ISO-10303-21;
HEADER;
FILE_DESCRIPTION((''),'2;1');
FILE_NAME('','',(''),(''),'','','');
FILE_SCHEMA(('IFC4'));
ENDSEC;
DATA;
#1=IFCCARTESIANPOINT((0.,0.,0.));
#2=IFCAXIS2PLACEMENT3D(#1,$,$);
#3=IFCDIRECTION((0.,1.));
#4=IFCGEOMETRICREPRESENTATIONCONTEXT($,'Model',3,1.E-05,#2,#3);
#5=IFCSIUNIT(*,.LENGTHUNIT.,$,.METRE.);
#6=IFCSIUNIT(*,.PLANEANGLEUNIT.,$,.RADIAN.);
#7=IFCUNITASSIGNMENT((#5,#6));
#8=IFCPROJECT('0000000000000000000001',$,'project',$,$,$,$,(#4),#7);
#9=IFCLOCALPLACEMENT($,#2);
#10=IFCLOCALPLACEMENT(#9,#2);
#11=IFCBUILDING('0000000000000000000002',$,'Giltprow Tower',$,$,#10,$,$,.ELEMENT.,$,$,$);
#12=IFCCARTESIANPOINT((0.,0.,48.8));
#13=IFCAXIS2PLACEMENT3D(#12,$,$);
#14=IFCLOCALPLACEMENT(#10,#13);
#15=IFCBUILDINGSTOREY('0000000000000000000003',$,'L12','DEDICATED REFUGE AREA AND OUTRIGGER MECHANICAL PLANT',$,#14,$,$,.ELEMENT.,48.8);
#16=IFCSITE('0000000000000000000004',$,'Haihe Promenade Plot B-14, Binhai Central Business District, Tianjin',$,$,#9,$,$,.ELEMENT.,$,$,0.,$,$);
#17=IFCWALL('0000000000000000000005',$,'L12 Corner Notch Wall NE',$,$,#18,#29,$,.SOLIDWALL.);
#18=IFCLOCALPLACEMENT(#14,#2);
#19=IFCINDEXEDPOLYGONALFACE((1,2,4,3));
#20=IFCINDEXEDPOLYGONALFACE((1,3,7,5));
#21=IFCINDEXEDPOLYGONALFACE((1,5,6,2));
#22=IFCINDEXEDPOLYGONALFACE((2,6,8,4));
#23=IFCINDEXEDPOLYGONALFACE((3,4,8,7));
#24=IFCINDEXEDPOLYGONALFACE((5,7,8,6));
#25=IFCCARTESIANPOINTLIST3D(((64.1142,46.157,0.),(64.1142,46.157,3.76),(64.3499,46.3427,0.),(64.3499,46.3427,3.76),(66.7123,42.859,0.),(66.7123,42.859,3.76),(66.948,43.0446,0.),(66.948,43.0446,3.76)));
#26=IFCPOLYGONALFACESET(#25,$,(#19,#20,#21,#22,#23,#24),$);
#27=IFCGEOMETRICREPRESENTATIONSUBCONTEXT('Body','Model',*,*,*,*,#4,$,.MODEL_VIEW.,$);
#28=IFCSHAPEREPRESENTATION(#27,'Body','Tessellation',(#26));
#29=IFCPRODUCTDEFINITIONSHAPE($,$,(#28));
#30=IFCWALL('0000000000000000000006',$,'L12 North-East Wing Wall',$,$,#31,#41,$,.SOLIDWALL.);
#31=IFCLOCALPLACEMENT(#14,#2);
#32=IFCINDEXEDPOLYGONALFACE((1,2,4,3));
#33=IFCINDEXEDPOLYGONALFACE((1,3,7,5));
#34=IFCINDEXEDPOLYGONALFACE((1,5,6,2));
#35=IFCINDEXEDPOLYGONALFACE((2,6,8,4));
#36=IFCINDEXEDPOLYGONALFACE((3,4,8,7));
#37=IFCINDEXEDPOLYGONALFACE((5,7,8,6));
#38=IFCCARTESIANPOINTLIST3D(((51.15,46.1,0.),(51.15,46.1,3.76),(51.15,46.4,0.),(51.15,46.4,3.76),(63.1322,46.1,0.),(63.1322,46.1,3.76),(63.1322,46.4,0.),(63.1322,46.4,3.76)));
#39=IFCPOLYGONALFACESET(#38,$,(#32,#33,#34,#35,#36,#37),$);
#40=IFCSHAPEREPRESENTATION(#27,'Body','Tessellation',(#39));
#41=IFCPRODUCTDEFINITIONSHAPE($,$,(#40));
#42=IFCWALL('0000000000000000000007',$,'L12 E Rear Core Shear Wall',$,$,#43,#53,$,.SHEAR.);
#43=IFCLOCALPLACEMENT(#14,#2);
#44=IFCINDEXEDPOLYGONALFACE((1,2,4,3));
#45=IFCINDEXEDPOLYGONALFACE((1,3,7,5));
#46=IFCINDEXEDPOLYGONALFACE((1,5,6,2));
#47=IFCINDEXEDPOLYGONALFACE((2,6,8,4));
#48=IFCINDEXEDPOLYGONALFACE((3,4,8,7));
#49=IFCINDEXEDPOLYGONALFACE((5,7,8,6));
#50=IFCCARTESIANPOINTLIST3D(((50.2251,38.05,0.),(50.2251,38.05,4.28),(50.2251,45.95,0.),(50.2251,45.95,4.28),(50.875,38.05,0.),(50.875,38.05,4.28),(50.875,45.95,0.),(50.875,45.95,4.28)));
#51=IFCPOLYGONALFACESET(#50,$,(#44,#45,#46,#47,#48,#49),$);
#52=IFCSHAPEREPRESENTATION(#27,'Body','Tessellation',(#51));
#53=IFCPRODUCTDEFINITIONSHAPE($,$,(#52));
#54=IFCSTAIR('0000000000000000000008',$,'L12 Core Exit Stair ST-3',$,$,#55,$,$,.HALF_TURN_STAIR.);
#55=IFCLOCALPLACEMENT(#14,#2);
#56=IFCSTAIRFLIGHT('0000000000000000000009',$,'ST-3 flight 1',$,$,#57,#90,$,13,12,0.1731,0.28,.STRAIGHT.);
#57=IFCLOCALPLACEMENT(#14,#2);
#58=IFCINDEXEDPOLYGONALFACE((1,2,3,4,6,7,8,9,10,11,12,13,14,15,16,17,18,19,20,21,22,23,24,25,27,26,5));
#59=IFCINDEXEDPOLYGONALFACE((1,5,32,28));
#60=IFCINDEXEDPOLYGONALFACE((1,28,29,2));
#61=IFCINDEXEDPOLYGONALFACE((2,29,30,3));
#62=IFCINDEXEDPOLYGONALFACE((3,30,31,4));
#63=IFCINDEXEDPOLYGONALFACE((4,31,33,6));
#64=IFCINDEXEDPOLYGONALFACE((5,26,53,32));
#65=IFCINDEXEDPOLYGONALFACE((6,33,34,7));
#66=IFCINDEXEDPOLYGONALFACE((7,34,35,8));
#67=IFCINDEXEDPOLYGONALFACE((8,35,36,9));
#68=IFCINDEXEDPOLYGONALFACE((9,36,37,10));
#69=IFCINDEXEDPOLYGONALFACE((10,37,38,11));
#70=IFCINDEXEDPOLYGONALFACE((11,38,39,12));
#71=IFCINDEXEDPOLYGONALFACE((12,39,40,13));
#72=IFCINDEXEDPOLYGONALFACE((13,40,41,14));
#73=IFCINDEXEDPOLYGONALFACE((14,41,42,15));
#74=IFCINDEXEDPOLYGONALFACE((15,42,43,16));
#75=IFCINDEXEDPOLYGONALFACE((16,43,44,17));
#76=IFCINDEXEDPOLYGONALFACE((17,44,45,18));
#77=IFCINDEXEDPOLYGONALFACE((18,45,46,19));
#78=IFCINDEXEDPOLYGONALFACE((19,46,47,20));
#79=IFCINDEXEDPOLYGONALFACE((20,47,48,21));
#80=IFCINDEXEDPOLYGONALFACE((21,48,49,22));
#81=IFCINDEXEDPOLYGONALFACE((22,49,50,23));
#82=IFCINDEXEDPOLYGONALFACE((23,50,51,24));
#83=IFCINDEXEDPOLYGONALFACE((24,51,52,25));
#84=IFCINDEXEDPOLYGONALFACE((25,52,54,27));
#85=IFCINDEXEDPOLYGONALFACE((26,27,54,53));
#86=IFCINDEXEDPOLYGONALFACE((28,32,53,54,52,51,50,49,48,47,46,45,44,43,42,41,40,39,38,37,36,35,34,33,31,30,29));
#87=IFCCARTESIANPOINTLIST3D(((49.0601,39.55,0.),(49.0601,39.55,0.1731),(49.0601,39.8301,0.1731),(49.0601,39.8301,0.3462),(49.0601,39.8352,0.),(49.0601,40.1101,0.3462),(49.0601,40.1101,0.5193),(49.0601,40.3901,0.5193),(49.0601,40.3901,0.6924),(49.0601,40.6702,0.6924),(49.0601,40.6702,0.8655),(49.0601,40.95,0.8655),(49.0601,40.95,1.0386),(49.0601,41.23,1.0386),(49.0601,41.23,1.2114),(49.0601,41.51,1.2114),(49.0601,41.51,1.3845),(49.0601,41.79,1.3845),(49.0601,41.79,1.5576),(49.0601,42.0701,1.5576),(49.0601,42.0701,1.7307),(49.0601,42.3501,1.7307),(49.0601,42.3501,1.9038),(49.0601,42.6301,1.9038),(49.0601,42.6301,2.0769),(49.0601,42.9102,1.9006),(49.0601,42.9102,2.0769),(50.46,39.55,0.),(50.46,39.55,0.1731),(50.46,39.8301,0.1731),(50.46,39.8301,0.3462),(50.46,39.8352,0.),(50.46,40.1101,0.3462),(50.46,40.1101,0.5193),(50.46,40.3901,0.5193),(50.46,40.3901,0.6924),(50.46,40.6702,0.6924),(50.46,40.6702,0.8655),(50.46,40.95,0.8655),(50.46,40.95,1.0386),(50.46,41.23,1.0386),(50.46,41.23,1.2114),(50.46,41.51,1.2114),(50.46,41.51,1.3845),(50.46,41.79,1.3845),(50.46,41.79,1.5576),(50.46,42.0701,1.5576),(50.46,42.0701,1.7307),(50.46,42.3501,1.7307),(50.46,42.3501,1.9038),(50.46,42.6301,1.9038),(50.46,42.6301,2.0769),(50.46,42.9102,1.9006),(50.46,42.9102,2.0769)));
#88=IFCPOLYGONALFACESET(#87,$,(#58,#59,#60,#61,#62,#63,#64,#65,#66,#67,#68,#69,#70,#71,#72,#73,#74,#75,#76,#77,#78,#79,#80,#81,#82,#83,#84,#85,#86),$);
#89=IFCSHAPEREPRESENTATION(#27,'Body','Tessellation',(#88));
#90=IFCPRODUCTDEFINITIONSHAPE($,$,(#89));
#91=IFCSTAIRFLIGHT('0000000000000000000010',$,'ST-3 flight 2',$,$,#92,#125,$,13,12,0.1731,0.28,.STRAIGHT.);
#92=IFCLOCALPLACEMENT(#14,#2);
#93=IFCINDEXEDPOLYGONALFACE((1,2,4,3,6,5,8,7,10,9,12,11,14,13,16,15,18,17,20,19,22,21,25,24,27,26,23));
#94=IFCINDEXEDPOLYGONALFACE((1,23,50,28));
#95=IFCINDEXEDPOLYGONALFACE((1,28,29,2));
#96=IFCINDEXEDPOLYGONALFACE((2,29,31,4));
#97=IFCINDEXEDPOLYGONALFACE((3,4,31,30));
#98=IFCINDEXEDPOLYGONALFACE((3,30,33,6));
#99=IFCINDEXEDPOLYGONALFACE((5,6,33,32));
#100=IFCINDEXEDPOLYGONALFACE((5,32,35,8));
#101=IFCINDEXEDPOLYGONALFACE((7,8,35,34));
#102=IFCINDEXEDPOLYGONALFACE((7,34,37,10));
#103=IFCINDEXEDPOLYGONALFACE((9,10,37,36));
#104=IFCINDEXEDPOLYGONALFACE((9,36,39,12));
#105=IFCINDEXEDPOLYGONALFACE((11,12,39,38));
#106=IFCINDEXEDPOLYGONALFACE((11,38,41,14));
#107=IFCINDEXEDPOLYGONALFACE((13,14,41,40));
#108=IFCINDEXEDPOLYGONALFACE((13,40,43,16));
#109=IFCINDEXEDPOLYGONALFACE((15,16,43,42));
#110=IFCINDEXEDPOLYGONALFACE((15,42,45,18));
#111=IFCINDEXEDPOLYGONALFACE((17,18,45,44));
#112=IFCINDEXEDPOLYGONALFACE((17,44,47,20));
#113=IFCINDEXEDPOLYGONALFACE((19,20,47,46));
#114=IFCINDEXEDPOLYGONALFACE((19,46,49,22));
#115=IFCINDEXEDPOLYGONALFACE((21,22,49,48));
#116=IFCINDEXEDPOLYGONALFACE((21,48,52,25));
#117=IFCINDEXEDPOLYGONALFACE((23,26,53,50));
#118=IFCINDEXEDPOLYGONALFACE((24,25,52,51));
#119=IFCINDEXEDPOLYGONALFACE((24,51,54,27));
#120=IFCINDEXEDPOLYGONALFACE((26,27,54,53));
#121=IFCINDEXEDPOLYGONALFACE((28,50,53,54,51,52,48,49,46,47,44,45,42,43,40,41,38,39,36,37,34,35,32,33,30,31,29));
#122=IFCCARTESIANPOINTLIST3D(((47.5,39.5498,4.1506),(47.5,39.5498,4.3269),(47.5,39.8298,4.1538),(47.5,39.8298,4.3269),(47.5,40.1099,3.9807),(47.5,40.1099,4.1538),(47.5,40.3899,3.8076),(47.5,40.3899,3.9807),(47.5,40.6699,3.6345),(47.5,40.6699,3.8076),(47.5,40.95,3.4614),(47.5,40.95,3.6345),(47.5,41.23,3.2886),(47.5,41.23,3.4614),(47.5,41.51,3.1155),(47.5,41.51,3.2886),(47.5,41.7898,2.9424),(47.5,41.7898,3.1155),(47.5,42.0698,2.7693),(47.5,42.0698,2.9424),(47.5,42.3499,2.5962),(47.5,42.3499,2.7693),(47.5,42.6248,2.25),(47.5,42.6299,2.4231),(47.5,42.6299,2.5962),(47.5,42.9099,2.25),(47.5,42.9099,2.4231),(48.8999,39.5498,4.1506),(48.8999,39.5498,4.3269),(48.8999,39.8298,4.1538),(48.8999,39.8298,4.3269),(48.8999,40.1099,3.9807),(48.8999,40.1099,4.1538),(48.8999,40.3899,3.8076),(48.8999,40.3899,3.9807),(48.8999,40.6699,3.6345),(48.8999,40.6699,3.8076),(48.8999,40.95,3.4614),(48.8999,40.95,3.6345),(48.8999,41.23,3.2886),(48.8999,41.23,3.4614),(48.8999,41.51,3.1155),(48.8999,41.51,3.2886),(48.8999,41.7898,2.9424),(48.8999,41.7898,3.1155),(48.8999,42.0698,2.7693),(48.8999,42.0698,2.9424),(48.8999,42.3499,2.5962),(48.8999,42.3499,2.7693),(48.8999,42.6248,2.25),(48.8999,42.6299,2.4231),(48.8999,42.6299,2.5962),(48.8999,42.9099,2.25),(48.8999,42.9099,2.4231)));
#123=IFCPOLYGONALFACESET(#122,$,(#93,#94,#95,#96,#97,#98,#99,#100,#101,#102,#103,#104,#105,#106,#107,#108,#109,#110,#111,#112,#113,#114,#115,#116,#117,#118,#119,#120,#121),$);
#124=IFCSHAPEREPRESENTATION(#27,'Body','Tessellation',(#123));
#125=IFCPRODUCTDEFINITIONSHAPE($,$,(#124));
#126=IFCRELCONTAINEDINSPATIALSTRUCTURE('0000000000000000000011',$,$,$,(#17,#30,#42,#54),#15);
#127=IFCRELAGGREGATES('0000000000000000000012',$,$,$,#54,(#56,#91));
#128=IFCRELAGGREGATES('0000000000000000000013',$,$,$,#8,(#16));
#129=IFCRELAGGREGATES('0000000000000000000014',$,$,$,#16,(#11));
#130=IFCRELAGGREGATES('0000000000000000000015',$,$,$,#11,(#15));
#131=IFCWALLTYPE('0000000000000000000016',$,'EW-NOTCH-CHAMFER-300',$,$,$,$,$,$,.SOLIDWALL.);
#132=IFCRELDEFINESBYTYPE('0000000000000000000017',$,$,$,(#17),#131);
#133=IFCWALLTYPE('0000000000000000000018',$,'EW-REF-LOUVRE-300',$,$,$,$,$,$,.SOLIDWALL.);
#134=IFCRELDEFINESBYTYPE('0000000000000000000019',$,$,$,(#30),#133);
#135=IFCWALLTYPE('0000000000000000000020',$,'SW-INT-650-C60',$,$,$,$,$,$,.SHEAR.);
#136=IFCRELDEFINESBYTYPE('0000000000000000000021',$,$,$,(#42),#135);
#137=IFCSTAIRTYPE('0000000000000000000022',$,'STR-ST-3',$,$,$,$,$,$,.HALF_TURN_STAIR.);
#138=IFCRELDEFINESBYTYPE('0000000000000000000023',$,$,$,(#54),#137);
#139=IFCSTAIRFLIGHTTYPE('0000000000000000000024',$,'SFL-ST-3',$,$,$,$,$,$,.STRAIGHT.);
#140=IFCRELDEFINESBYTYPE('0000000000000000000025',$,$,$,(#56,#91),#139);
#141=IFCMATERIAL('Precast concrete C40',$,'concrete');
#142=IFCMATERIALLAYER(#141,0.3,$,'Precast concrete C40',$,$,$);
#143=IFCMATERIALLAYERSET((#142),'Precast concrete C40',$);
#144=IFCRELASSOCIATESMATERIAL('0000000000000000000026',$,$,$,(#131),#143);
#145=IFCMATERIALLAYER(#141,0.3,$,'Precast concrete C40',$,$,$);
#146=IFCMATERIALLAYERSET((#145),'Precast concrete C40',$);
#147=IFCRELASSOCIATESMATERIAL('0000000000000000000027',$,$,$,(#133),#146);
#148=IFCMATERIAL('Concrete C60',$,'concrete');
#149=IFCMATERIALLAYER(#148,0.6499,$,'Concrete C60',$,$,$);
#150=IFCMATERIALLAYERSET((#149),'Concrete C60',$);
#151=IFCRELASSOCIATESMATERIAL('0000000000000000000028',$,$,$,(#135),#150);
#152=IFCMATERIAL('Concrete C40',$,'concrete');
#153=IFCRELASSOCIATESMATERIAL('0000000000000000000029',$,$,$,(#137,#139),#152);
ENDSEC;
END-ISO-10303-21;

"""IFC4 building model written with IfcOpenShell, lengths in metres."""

from ifc_helpers import new_model, si_unit, direction, frame, frame_2d, origin, place, context, subcontext, project, spatial, polyline, rectangle, outline, extrude, material, layer, layer_set, type_object, element, aggregate, save


model = new_model("IFC4")

# Units and contexts
model_context = context("Model", 3, precision=1e-05, world=origin(), true_north=direction((0.0, 1.0)))
body_context = subcontext(model_context, "Body", "Model", "MODEL_VIEW")
ifc_project = project(units=[si_unit("LENGTHUNIT", "METRE"), si_unit("PLANEANGLEUNIT", "RADIAN")], contexts=[model_context])

# Site, building, storey
site_placement = place(None, origin())
site = spatial("IfcSite", under=ifc_project, at=site_placement, Name="Haihe Promenade Plot B-14, Binhai Central Business District, Tianjin", CompositionType="ELEMENT", RefElevation=0.0)
building_placement = place(site_placement, origin())
building = spatial("IfcBuilding", under=site, at=building_placement, Name="Giltprow Tower", CompositionType="ELEMENT")
storey_placement = place(building_placement, frame((0.0, 0.0, 48.8)))
storey = spatial("IfcBuildingStorey", under=building, at=storey_placement, Name="L12", Description="DEDICATED REFUGE AREA AND OUTRIGGER MECHANICAL PLANT", CompositionType="ELEMENT", Elevation=48.8)

# Shared definitions
ifc_material_1 = material(Name="Concrete C60", Category="concrete")

# Walls
ifc_material_2 = material(Name="Precast concrete C40", Category="concrete")
ifc_layer_1 = layer(ifc_material_2, 0.3, Name="Precast concrete C40")
ifc_layer_set_1 = layer_set([ifc_layer_1], Name="Precast concrete C40")
wall_type_1 = type_object("IfcWallType", Name="EW-NOTCH-CHAMFER-300", PredefinedType="SOLIDWALL", material=ifc_layer_set_1)
wall_1_placement = place(storey_placement, frame((66.8301, 42.9519, 0.0), z_axis=(0.0, 0.0, 1.0), x_axis=(-0.61882, 0.785533, 0.0)))
element("IfcWall", 1, at=wall_1_placement, inside=storey, type_object=wall_type_1, Name="L12 Corner Notch Wall NE", PredefinedType="SOLIDWALL", context=body_context, shape_type="SweptSolid", body=[
    extrude(rectangle(XDim=4.1985, YDim=0.3, at=frame_2d((2.0991, 0.0))), origin(), (0.0, 0.0, 1.0), 3.76),
])
ifc_layer_2 = layer(ifc_material_2, 0.3, Name="Precast concrete C40")
ifc_layer_set_2 = layer_set([ifc_layer_2], Name="Precast concrete C40")
wall_type_2 = type_object("IfcWallType", Name="EW-REF-LOUVRE-300", PredefinedType="SOLIDWALL", material=ifc_layer_set_2)
wall_2_placement = place(storey_placement, frame((51.1499, 46.25, 0.0), z_axis=(0.0, 0.0, 1.0), x_axis=(1.0, 0.0, 0.0)))
element("IfcWall", 2, at=wall_2_placement, inside=storey, type_object=wall_type_2, Name="L12 North-East Wing Wall", PredefinedType="SOLIDWALL", context=body_context, shape_type="SweptSolid", body=[
    extrude(rectangle(XDim=11.9822, YDim=0.3, at=frame_2d((5.9912, 0.0))), origin(), (0.0, 0.0, 1.0), 3.76),
])
ifc_layer_3 = layer(ifc_material_1, 0.6499, Name="Concrete C60")
ifc_layer_set_3 = layer_set([ifc_layer_3], Name="Concrete C60")
wall_type_3 = type_object("IfcWallType", Name="SW-INT-650-C60", PredefinedType="SHEAR", material=ifc_layer_set_3)
wall_3_placement = place(storey_placement, frame((50.55, 38.05, 0.0), z_axis=(0.0, 0.0, 1.0), x_axis=(0.0, 1.0, 0.0)))
element("IfcWall", 3, at=wall_3_placement, inside=storey, type_object=wall_type_3, Name="L12 E Rear Core Shear Wall", PredefinedType="SHEAR", context=body_context, shape_type="SweptSolid", body=[
    extrude(rectangle(XDim=7.8999, YDim=0.6499, at=frame_2d((3.95, 0.0))), origin(), (0.0, 0.0, 1.0), 4.28),
])

# Stair, stair flights
ifc_material_3 = material(Name="Concrete C40", Category="concrete")
stair_type = type_object("IfcStairType", Name="STR-ST-3", PredefinedType="HALF_TURN_STAIR", material=ifc_material_3)
stair_placement = place(storey_placement, origin())
stair = element("IfcStair", 4, at=stair_placement, inside=storey, type_object=stair_type, Name="L12 Core Exit Stair ST-3", PredefinedType="HALF_TURN_STAIR")
stair_flight_type = type_object("IfcStairFlightType", Name="SFL-ST-3", PredefinedType="STRAIGHT", material=ifc_material_3)
stair_flight_1_placement = place(storey_placement, frame((49.76, 39.55, 0.0), z_axis=(0.0, 0.0, 1.0), x_axis=(0.0, 1.0, 0.0)))
stair_flight_1 = element("IfcStairFlight", 5, at=stair_flight_1_placement, type_object=stair_flight_type, Name="ST-3 flight 1", NumberOfRisers=13, NumberOfTreads=12, PredefinedType="STRAIGHT", RiserHeight=0.1731, TreadLength=0.28, context=body_context, shape_type="SweptSolid", body=[
    extrude(outline(polyline([(0.0, 0.0), (0.0, 0.1731), (0.28, 0.1731), (0.28, 0.3462), (0.5601, 0.3462), (0.5601, 0.5193), (0.8401, 0.5193), (0.8401, 0.6924), (1.1201, 0.6924), (1.1201, 0.8655), (1.3999, 0.8655), (1.3999, 1.0386), (1.6799, 1.0386), (1.6799, 1.2114), (1.96, 1.2114), (1.96, 1.3845), (2.24, 1.3845), (2.24, 1.5576), (2.52, 1.5576), (2.52, 1.7307), (2.8, 1.7307), (2.8, 1.9038), (3.0801, 1.9038), (3.0801, 2.0769), (3.3601, 2.0769), (3.3601, 2.25), (3.3601, 1.9006), (0.2852, 0.0), (0.0, 0.0)])), frame((0.0, 0.7, 0.0), z_axis=(0.0, -1.0, 0.0), x_axis=(1.0, 0.0, 0.0)), (0.0, 0.0, 1.0), 1.3999),
])
stair_flight_2_placement = place(storey_placement, frame((48.2, 42.9099, 2.25), z_axis=(0.0, 0.0, 1.0), x_axis=(0.0, -1.0, 0.0)))
stair_flight_2 = element("IfcStairFlight", 6, at=stair_flight_2_placement, type_object=stair_flight_type, Name="ST-3 flight 2", NumberOfRisers=13, NumberOfTreads=12, PredefinedType="STRAIGHT", RiserHeight=0.1731, TreadLength=0.28, context=body_context, shape_type="SweptSolid", body=[
    extrude(outline(polyline([(0.0, 0.0), (0.0, 0.1731), (0.28, 0.1731), (0.28, 0.3462), (0.5601, 0.3462), (0.5601, 0.5193), (0.8401, 0.5193), (0.8401, 0.6924), (1.1201, 0.6924), (1.1201, 0.8655), (1.3999, 0.8655), (1.3999, 1.0386), (1.6799, 1.0386), (1.6799, 1.2114), (1.96, 1.2114), (1.96, 1.3845), (2.24, 1.3845), (2.24, 1.5576), (2.52, 1.5576), (2.52, 1.7307), (2.8, 1.7307), (2.8, 1.9038), (3.0801, 1.9038), (3.0801, 2.0769), (3.3601, 2.0769), (3.3601, 2.25), (3.3601, 1.9006), (0.2852, 0.0), (0.0, 0.0)])), frame((0.0, 0.7, 0.0), z_axis=(0.0, -1.0, 0.0), x_axis=(1.0, 0.0, 0.0)), (0.0, 0.0, 1.0), 1.3999),
])
aggregate(stair, [stair_flight_1, stair_flight_2])

save(model, "model.ifc")
